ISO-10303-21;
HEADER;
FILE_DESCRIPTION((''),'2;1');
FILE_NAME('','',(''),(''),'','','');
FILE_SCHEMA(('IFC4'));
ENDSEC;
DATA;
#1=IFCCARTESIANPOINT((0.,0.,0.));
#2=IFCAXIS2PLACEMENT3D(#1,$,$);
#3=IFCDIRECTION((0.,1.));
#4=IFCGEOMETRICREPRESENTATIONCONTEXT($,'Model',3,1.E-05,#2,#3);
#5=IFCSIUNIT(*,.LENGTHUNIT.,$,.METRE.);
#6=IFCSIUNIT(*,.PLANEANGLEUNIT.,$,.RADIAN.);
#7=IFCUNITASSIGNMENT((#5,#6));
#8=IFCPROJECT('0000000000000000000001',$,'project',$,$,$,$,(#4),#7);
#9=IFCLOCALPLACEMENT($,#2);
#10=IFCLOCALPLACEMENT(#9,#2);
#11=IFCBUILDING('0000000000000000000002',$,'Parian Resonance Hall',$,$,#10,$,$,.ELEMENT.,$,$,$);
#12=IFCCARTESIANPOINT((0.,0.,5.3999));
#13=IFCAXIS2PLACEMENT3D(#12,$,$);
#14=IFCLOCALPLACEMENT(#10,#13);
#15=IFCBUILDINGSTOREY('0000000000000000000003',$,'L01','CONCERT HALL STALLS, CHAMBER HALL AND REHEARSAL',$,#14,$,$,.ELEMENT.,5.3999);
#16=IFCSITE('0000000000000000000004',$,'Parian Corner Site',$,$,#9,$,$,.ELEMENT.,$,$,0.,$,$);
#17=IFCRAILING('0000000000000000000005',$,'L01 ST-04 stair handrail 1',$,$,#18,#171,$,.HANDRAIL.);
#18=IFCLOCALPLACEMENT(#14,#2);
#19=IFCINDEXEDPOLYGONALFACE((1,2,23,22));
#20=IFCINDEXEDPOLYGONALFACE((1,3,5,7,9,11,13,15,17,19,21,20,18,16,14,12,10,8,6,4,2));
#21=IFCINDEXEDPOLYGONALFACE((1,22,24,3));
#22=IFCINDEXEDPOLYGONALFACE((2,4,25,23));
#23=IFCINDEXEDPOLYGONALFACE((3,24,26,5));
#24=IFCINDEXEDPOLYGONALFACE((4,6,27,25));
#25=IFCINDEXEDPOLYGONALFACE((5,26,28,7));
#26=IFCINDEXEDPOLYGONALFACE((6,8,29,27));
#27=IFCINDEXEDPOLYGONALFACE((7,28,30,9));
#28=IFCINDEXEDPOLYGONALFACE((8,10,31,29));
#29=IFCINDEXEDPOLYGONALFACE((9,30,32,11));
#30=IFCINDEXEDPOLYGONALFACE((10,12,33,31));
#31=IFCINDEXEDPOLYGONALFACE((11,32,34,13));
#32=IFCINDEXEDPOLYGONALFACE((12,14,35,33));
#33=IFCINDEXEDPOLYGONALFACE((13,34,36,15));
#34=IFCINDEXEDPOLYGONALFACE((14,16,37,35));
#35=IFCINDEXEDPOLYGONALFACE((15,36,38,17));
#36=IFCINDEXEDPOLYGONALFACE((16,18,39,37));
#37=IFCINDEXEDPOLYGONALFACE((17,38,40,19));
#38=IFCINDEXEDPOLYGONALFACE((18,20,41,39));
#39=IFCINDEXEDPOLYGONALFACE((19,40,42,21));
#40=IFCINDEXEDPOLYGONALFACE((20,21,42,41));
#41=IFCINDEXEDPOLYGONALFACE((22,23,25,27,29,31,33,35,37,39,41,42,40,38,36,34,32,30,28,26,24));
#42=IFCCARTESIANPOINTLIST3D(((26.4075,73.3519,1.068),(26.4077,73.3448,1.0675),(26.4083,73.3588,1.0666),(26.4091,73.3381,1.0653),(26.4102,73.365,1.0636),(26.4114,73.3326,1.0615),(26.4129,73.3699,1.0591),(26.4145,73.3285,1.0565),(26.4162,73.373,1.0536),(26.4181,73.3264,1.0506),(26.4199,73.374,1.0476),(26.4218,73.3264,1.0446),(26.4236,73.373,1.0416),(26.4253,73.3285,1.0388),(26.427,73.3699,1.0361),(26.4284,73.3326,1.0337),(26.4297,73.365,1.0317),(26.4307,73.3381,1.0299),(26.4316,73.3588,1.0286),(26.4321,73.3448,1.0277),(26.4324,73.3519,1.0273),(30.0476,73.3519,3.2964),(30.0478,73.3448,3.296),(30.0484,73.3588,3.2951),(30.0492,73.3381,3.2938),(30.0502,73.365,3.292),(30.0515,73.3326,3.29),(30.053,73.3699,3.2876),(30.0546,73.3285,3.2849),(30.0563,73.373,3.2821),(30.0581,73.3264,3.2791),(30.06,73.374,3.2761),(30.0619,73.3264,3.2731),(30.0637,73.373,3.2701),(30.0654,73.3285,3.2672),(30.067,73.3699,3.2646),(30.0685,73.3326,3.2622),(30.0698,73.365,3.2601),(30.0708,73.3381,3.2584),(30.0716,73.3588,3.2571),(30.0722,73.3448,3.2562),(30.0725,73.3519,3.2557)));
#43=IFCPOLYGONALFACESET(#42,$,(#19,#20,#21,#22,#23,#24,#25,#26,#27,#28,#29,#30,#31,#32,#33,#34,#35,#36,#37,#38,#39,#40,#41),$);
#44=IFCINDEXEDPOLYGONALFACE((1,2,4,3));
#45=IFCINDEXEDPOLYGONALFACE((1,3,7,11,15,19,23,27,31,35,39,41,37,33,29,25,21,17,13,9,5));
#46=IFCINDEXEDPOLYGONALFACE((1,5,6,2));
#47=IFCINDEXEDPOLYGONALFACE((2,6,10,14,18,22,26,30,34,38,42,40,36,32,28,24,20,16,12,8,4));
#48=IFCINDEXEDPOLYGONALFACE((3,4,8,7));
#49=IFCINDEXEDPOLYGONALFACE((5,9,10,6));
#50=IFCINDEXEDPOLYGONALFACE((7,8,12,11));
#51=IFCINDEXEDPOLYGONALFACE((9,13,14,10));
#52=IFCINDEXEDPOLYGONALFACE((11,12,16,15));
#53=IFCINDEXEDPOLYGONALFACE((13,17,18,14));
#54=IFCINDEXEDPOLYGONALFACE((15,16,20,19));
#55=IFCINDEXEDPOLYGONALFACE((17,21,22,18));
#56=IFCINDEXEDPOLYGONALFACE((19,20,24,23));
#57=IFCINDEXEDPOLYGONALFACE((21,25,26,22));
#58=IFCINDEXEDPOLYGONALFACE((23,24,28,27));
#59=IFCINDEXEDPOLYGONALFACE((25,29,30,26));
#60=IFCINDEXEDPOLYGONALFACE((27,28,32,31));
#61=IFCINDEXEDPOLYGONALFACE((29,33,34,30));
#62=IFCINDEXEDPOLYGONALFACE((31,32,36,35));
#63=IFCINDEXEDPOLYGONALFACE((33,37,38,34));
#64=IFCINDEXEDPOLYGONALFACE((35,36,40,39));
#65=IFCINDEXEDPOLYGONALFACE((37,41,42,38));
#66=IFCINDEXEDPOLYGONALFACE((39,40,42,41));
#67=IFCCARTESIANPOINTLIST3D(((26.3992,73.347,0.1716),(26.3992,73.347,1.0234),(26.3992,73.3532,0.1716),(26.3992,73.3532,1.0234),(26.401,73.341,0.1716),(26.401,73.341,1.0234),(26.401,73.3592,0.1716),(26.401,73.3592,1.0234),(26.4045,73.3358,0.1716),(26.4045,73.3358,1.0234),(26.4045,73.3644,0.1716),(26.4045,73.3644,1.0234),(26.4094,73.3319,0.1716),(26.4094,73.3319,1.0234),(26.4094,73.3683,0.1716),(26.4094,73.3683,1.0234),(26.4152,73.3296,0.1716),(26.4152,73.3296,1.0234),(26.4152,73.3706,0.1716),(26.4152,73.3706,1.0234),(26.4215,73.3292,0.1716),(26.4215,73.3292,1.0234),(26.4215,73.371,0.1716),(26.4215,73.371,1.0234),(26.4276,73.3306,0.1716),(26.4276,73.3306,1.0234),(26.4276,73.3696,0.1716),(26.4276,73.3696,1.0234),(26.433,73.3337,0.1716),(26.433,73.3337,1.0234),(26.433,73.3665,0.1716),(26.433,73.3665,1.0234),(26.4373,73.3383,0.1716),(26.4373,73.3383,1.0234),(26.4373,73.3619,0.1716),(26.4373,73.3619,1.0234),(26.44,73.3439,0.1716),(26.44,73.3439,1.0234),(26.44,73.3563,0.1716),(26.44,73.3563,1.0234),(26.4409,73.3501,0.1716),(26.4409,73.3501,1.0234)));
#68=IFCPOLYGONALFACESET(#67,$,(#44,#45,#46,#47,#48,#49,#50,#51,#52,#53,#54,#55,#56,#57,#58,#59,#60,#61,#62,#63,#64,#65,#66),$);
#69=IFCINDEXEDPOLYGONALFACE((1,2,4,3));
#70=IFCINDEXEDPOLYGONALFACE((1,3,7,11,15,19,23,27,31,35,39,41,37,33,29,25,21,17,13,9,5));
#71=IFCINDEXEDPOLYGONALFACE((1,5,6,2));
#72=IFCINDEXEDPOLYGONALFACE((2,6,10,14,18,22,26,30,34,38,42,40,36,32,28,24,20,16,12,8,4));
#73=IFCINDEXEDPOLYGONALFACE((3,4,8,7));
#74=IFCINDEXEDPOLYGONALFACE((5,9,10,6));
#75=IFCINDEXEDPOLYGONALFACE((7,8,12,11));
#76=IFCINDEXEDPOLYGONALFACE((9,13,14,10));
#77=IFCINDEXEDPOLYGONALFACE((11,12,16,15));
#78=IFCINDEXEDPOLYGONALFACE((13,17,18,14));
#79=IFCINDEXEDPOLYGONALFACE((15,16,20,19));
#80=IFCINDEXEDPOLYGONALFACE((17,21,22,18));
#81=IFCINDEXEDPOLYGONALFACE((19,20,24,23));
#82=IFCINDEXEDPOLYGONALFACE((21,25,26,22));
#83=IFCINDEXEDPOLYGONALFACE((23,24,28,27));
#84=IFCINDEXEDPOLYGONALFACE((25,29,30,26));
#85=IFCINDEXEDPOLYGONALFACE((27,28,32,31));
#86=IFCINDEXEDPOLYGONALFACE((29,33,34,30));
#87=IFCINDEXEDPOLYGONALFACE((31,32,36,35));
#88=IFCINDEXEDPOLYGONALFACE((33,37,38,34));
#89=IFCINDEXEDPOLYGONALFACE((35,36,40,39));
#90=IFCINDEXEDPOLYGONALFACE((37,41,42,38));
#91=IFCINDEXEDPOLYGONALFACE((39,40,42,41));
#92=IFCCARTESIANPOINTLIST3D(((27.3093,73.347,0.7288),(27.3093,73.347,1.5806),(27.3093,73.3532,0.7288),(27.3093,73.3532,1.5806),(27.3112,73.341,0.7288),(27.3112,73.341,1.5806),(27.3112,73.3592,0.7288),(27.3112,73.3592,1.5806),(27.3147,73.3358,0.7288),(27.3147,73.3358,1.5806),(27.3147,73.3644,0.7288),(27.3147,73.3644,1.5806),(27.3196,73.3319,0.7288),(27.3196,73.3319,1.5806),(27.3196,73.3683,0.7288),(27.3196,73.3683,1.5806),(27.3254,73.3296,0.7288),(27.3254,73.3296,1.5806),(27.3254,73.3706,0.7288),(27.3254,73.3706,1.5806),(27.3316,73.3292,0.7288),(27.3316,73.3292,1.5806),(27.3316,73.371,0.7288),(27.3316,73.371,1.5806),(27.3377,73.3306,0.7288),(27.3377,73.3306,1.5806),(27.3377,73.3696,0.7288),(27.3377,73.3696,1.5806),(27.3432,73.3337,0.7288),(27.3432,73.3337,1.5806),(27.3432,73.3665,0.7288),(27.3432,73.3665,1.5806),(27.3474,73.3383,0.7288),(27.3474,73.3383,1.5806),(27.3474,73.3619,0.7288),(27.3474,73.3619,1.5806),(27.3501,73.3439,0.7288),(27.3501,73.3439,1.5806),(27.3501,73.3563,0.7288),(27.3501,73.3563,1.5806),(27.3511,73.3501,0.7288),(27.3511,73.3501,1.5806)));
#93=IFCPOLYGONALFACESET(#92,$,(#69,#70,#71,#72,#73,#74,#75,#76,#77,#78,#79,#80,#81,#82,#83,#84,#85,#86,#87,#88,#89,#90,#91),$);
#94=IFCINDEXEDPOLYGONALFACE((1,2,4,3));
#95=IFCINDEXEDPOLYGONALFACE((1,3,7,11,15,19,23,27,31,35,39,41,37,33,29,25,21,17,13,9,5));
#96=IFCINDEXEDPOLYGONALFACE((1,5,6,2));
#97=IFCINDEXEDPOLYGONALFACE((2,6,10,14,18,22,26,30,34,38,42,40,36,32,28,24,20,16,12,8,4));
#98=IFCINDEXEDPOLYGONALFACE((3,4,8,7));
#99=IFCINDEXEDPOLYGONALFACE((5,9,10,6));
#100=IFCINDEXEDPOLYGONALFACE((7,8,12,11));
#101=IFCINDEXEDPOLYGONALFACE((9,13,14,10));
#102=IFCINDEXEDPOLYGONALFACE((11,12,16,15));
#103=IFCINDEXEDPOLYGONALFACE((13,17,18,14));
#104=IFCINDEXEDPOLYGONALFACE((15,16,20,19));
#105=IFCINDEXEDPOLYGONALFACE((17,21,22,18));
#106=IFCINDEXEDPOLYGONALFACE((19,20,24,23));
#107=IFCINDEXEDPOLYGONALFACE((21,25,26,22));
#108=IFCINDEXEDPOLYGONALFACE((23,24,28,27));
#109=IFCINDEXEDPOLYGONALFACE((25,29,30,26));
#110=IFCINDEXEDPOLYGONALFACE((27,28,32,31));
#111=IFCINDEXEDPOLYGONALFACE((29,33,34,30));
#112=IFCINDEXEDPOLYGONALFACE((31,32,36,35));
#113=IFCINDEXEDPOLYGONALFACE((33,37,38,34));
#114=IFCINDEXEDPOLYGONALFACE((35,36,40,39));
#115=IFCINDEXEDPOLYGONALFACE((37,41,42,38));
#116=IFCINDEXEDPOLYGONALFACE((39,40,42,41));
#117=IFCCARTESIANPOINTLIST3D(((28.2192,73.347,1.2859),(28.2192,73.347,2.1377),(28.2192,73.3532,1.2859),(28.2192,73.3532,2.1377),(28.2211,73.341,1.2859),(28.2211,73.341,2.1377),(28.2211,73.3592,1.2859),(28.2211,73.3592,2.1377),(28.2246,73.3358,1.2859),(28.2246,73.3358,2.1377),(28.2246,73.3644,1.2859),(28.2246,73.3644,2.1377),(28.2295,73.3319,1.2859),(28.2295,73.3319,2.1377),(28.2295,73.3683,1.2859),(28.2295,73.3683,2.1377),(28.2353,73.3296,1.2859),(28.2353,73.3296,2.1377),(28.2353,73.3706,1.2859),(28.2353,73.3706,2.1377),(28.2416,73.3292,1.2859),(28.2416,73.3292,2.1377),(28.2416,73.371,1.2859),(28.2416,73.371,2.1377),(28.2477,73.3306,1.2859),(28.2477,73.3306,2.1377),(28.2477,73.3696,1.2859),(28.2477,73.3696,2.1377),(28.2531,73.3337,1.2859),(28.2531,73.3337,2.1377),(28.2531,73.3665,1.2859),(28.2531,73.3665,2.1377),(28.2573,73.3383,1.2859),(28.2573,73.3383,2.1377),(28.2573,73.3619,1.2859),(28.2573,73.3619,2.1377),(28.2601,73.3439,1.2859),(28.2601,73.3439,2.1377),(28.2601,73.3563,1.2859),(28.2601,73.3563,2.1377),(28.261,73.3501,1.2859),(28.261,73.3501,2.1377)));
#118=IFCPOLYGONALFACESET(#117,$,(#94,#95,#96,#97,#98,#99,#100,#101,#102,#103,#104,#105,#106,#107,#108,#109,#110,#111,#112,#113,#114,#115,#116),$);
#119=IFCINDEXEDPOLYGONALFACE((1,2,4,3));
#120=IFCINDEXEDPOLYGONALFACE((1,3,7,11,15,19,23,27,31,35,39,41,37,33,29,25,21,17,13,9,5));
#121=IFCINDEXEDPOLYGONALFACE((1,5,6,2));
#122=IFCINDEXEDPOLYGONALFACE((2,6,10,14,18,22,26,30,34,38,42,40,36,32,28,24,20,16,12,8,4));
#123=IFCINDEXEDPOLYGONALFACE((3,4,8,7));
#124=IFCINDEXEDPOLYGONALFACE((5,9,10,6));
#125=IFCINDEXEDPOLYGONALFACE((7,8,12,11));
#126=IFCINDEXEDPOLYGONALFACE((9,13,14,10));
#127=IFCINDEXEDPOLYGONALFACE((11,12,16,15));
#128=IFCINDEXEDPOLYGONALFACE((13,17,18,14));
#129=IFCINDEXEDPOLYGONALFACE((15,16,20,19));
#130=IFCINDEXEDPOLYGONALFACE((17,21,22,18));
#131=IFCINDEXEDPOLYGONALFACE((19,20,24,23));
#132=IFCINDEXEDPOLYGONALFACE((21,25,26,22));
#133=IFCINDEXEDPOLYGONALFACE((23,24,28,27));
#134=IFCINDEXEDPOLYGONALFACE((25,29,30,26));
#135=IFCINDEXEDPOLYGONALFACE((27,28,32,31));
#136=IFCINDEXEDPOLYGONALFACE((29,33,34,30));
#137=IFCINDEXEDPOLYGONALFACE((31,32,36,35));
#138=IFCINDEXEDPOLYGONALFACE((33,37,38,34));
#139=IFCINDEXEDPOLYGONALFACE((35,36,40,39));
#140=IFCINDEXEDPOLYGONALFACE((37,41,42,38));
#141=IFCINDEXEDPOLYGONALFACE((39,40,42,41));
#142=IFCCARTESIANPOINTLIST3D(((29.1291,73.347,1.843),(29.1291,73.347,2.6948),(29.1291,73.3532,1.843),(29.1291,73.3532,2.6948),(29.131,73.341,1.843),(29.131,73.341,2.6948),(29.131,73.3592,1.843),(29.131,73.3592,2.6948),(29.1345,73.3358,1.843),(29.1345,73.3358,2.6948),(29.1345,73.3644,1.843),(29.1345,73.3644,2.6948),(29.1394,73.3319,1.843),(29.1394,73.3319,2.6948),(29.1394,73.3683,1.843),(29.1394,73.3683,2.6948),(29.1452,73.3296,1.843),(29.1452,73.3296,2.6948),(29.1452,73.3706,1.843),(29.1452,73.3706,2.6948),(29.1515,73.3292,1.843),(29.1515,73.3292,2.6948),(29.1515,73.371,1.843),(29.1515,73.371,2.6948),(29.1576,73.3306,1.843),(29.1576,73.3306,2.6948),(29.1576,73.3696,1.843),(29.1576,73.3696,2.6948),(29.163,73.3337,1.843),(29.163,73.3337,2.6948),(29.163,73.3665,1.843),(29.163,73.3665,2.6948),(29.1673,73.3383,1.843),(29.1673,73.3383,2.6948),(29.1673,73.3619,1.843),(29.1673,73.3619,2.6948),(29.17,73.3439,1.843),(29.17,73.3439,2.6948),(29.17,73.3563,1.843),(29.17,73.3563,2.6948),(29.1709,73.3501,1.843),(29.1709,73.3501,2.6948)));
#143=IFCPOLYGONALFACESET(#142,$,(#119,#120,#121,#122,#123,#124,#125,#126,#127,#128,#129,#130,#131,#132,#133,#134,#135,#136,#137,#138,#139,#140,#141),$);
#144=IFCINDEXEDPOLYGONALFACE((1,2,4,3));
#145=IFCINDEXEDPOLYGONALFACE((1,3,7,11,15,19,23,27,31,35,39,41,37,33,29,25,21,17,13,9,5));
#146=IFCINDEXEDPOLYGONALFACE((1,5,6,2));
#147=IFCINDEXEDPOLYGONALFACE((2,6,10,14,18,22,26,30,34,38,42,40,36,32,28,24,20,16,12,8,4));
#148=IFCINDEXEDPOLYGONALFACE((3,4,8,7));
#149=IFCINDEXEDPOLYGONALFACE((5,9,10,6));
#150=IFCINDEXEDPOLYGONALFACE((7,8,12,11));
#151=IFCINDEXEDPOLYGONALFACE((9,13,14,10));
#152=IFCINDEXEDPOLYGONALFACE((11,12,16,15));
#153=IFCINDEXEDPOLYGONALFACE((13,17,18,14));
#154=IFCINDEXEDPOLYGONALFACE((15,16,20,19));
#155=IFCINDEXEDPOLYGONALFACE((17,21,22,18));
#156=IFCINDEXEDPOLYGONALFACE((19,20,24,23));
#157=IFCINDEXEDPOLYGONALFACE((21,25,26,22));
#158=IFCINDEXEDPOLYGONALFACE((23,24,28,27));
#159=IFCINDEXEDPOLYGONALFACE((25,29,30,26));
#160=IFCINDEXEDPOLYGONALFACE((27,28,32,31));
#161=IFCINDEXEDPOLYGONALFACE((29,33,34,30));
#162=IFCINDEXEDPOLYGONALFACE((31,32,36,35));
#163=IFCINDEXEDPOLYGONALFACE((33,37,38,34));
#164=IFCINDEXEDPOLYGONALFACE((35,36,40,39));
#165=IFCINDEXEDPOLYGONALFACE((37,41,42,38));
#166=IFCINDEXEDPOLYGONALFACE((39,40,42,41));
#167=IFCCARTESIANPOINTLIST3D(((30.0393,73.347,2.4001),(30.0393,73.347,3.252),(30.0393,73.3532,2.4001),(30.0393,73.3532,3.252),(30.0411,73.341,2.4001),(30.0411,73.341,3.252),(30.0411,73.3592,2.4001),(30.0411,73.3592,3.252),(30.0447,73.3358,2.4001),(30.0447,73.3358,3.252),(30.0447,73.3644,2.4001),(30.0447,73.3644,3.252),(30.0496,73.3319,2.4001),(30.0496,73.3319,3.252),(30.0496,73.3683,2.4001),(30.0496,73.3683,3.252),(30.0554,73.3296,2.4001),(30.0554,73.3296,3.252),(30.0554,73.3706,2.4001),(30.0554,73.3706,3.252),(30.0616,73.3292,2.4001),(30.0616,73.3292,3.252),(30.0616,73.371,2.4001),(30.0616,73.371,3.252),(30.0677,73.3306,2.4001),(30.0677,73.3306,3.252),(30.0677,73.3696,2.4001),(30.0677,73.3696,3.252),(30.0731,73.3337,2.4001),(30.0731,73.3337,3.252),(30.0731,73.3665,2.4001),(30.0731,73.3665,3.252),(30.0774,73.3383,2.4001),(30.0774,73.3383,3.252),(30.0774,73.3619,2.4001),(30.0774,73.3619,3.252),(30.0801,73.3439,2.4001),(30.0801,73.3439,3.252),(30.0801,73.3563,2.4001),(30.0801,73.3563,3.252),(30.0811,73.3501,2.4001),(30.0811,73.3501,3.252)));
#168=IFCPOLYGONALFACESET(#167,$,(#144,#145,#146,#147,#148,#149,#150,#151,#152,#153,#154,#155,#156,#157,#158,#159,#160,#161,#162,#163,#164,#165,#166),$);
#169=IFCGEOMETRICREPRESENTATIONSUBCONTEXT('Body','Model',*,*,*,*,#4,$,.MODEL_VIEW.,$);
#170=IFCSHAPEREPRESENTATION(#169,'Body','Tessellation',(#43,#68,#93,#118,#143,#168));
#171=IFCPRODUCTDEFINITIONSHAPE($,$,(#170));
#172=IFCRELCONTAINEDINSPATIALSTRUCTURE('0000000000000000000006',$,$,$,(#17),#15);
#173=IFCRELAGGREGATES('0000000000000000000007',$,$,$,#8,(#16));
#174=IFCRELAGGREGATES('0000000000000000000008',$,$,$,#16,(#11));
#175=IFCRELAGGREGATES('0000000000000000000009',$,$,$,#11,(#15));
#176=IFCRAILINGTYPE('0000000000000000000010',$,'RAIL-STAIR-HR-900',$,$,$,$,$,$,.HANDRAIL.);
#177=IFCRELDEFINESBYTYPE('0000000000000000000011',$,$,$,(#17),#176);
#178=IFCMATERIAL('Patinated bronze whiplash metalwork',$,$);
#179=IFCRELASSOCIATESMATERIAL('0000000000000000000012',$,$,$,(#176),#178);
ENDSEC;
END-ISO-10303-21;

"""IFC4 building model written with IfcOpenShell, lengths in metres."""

from ifc_helpers import new_model, si_unit, direction, frame, origin, origin_2d, place, context, subcontext, project, spatial, circle, extrude, material, type_object, element, save


model = new_model("IFC4")

# Units and contexts
model_context = context("Model", 3, precision=1e-05, world=origin(), true_north=direction((0.0, 1.0)))
body_context = subcontext(model_context, "Body", "Model", "MODEL_VIEW")
ifc_project = project(units=[si_unit("LENGTHUNIT", "METRE"), si_unit("PLANEANGLEUNIT", "RADIAN")], contexts=[model_context])

# Site, building, storey
site_placement = place(None, origin())
site = spatial("IfcSite", under=ifc_project, at=site_placement, Name="Parian Corner Site", CompositionType="ELEMENT", RefElevation=0.0)
building_placement = place(site_placement, origin())
building = spatial("IfcBuilding", under=site, at=building_placement, Name="Parian Resonance Hall", CompositionType="ELEMENT")
storey_placement = place(building_placement, frame((0.0, 0.0, 5.3999)))
storey = spatial("IfcBuildingStorey", under=building, at=storey_placement, Name="L01", Description="CONCERT HALL STALLS, CHAMBER HALL AND REHEARSAL", CompositionType="ELEMENT", Elevation=5.3999)

# Railing
ifc_material_1 = material(Name="Patinated bronze whiplash metalwork")
railing_type_1 = type_object("IfcRailingType", Name="RAIL-STAIR-HR-900", PredefinedType="HANDRAIL", material=ifc_material_1)
railing_1_placement = place(storey_placement, frame((26.4199, 73.3501, 0.1716)))
element("IfcRailing", 1, at=railing_1_placement, inside=storey, type_object=railing_type_1, Name="L01 ST-04 stair handrail 1", PredefinedType="HANDRAIL", context=body_context, shape_type="SweptSolid", body=[
    extrude(circle(Radius=0.0239, at=origin_2d()), frame((0.0, 0.0, 0.876), z_axis=(0.852866, 0.0, 0.52213), x_axis=(0.0, 1.0, 0.0)), (0.0, 0.0, 1.0), 4.2681),
    extrude(circle(Radius=0.021, at=origin_2d()), origin(), (0.0, 0.0, 1.0), 0.8518),
    extrude(circle(Radius=0.021, at=origin_2d()), frame((0.9102, 0.0, 0.5571)), (0.0, 0.0, 1.0), 0.8518),
    extrude(circle(Radius=0.021, at=origin_2d()), frame((1.8201, 0.0, 1.1143)), (0.0, 0.0, 1.0), 0.8518),
    extrude(circle(Radius=0.021, at=origin_2d()), frame((2.73, 0.0, 1.6714)), (0.0, 0.0, 1.0), 0.8518),
    extrude(circle(Radius=0.021, at=origin_2d()), frame((3.6401, 0.0, 2.2285)), (0.0, 0.0, 1.0), 0.8518),
])

save(model, "model.ifc")
